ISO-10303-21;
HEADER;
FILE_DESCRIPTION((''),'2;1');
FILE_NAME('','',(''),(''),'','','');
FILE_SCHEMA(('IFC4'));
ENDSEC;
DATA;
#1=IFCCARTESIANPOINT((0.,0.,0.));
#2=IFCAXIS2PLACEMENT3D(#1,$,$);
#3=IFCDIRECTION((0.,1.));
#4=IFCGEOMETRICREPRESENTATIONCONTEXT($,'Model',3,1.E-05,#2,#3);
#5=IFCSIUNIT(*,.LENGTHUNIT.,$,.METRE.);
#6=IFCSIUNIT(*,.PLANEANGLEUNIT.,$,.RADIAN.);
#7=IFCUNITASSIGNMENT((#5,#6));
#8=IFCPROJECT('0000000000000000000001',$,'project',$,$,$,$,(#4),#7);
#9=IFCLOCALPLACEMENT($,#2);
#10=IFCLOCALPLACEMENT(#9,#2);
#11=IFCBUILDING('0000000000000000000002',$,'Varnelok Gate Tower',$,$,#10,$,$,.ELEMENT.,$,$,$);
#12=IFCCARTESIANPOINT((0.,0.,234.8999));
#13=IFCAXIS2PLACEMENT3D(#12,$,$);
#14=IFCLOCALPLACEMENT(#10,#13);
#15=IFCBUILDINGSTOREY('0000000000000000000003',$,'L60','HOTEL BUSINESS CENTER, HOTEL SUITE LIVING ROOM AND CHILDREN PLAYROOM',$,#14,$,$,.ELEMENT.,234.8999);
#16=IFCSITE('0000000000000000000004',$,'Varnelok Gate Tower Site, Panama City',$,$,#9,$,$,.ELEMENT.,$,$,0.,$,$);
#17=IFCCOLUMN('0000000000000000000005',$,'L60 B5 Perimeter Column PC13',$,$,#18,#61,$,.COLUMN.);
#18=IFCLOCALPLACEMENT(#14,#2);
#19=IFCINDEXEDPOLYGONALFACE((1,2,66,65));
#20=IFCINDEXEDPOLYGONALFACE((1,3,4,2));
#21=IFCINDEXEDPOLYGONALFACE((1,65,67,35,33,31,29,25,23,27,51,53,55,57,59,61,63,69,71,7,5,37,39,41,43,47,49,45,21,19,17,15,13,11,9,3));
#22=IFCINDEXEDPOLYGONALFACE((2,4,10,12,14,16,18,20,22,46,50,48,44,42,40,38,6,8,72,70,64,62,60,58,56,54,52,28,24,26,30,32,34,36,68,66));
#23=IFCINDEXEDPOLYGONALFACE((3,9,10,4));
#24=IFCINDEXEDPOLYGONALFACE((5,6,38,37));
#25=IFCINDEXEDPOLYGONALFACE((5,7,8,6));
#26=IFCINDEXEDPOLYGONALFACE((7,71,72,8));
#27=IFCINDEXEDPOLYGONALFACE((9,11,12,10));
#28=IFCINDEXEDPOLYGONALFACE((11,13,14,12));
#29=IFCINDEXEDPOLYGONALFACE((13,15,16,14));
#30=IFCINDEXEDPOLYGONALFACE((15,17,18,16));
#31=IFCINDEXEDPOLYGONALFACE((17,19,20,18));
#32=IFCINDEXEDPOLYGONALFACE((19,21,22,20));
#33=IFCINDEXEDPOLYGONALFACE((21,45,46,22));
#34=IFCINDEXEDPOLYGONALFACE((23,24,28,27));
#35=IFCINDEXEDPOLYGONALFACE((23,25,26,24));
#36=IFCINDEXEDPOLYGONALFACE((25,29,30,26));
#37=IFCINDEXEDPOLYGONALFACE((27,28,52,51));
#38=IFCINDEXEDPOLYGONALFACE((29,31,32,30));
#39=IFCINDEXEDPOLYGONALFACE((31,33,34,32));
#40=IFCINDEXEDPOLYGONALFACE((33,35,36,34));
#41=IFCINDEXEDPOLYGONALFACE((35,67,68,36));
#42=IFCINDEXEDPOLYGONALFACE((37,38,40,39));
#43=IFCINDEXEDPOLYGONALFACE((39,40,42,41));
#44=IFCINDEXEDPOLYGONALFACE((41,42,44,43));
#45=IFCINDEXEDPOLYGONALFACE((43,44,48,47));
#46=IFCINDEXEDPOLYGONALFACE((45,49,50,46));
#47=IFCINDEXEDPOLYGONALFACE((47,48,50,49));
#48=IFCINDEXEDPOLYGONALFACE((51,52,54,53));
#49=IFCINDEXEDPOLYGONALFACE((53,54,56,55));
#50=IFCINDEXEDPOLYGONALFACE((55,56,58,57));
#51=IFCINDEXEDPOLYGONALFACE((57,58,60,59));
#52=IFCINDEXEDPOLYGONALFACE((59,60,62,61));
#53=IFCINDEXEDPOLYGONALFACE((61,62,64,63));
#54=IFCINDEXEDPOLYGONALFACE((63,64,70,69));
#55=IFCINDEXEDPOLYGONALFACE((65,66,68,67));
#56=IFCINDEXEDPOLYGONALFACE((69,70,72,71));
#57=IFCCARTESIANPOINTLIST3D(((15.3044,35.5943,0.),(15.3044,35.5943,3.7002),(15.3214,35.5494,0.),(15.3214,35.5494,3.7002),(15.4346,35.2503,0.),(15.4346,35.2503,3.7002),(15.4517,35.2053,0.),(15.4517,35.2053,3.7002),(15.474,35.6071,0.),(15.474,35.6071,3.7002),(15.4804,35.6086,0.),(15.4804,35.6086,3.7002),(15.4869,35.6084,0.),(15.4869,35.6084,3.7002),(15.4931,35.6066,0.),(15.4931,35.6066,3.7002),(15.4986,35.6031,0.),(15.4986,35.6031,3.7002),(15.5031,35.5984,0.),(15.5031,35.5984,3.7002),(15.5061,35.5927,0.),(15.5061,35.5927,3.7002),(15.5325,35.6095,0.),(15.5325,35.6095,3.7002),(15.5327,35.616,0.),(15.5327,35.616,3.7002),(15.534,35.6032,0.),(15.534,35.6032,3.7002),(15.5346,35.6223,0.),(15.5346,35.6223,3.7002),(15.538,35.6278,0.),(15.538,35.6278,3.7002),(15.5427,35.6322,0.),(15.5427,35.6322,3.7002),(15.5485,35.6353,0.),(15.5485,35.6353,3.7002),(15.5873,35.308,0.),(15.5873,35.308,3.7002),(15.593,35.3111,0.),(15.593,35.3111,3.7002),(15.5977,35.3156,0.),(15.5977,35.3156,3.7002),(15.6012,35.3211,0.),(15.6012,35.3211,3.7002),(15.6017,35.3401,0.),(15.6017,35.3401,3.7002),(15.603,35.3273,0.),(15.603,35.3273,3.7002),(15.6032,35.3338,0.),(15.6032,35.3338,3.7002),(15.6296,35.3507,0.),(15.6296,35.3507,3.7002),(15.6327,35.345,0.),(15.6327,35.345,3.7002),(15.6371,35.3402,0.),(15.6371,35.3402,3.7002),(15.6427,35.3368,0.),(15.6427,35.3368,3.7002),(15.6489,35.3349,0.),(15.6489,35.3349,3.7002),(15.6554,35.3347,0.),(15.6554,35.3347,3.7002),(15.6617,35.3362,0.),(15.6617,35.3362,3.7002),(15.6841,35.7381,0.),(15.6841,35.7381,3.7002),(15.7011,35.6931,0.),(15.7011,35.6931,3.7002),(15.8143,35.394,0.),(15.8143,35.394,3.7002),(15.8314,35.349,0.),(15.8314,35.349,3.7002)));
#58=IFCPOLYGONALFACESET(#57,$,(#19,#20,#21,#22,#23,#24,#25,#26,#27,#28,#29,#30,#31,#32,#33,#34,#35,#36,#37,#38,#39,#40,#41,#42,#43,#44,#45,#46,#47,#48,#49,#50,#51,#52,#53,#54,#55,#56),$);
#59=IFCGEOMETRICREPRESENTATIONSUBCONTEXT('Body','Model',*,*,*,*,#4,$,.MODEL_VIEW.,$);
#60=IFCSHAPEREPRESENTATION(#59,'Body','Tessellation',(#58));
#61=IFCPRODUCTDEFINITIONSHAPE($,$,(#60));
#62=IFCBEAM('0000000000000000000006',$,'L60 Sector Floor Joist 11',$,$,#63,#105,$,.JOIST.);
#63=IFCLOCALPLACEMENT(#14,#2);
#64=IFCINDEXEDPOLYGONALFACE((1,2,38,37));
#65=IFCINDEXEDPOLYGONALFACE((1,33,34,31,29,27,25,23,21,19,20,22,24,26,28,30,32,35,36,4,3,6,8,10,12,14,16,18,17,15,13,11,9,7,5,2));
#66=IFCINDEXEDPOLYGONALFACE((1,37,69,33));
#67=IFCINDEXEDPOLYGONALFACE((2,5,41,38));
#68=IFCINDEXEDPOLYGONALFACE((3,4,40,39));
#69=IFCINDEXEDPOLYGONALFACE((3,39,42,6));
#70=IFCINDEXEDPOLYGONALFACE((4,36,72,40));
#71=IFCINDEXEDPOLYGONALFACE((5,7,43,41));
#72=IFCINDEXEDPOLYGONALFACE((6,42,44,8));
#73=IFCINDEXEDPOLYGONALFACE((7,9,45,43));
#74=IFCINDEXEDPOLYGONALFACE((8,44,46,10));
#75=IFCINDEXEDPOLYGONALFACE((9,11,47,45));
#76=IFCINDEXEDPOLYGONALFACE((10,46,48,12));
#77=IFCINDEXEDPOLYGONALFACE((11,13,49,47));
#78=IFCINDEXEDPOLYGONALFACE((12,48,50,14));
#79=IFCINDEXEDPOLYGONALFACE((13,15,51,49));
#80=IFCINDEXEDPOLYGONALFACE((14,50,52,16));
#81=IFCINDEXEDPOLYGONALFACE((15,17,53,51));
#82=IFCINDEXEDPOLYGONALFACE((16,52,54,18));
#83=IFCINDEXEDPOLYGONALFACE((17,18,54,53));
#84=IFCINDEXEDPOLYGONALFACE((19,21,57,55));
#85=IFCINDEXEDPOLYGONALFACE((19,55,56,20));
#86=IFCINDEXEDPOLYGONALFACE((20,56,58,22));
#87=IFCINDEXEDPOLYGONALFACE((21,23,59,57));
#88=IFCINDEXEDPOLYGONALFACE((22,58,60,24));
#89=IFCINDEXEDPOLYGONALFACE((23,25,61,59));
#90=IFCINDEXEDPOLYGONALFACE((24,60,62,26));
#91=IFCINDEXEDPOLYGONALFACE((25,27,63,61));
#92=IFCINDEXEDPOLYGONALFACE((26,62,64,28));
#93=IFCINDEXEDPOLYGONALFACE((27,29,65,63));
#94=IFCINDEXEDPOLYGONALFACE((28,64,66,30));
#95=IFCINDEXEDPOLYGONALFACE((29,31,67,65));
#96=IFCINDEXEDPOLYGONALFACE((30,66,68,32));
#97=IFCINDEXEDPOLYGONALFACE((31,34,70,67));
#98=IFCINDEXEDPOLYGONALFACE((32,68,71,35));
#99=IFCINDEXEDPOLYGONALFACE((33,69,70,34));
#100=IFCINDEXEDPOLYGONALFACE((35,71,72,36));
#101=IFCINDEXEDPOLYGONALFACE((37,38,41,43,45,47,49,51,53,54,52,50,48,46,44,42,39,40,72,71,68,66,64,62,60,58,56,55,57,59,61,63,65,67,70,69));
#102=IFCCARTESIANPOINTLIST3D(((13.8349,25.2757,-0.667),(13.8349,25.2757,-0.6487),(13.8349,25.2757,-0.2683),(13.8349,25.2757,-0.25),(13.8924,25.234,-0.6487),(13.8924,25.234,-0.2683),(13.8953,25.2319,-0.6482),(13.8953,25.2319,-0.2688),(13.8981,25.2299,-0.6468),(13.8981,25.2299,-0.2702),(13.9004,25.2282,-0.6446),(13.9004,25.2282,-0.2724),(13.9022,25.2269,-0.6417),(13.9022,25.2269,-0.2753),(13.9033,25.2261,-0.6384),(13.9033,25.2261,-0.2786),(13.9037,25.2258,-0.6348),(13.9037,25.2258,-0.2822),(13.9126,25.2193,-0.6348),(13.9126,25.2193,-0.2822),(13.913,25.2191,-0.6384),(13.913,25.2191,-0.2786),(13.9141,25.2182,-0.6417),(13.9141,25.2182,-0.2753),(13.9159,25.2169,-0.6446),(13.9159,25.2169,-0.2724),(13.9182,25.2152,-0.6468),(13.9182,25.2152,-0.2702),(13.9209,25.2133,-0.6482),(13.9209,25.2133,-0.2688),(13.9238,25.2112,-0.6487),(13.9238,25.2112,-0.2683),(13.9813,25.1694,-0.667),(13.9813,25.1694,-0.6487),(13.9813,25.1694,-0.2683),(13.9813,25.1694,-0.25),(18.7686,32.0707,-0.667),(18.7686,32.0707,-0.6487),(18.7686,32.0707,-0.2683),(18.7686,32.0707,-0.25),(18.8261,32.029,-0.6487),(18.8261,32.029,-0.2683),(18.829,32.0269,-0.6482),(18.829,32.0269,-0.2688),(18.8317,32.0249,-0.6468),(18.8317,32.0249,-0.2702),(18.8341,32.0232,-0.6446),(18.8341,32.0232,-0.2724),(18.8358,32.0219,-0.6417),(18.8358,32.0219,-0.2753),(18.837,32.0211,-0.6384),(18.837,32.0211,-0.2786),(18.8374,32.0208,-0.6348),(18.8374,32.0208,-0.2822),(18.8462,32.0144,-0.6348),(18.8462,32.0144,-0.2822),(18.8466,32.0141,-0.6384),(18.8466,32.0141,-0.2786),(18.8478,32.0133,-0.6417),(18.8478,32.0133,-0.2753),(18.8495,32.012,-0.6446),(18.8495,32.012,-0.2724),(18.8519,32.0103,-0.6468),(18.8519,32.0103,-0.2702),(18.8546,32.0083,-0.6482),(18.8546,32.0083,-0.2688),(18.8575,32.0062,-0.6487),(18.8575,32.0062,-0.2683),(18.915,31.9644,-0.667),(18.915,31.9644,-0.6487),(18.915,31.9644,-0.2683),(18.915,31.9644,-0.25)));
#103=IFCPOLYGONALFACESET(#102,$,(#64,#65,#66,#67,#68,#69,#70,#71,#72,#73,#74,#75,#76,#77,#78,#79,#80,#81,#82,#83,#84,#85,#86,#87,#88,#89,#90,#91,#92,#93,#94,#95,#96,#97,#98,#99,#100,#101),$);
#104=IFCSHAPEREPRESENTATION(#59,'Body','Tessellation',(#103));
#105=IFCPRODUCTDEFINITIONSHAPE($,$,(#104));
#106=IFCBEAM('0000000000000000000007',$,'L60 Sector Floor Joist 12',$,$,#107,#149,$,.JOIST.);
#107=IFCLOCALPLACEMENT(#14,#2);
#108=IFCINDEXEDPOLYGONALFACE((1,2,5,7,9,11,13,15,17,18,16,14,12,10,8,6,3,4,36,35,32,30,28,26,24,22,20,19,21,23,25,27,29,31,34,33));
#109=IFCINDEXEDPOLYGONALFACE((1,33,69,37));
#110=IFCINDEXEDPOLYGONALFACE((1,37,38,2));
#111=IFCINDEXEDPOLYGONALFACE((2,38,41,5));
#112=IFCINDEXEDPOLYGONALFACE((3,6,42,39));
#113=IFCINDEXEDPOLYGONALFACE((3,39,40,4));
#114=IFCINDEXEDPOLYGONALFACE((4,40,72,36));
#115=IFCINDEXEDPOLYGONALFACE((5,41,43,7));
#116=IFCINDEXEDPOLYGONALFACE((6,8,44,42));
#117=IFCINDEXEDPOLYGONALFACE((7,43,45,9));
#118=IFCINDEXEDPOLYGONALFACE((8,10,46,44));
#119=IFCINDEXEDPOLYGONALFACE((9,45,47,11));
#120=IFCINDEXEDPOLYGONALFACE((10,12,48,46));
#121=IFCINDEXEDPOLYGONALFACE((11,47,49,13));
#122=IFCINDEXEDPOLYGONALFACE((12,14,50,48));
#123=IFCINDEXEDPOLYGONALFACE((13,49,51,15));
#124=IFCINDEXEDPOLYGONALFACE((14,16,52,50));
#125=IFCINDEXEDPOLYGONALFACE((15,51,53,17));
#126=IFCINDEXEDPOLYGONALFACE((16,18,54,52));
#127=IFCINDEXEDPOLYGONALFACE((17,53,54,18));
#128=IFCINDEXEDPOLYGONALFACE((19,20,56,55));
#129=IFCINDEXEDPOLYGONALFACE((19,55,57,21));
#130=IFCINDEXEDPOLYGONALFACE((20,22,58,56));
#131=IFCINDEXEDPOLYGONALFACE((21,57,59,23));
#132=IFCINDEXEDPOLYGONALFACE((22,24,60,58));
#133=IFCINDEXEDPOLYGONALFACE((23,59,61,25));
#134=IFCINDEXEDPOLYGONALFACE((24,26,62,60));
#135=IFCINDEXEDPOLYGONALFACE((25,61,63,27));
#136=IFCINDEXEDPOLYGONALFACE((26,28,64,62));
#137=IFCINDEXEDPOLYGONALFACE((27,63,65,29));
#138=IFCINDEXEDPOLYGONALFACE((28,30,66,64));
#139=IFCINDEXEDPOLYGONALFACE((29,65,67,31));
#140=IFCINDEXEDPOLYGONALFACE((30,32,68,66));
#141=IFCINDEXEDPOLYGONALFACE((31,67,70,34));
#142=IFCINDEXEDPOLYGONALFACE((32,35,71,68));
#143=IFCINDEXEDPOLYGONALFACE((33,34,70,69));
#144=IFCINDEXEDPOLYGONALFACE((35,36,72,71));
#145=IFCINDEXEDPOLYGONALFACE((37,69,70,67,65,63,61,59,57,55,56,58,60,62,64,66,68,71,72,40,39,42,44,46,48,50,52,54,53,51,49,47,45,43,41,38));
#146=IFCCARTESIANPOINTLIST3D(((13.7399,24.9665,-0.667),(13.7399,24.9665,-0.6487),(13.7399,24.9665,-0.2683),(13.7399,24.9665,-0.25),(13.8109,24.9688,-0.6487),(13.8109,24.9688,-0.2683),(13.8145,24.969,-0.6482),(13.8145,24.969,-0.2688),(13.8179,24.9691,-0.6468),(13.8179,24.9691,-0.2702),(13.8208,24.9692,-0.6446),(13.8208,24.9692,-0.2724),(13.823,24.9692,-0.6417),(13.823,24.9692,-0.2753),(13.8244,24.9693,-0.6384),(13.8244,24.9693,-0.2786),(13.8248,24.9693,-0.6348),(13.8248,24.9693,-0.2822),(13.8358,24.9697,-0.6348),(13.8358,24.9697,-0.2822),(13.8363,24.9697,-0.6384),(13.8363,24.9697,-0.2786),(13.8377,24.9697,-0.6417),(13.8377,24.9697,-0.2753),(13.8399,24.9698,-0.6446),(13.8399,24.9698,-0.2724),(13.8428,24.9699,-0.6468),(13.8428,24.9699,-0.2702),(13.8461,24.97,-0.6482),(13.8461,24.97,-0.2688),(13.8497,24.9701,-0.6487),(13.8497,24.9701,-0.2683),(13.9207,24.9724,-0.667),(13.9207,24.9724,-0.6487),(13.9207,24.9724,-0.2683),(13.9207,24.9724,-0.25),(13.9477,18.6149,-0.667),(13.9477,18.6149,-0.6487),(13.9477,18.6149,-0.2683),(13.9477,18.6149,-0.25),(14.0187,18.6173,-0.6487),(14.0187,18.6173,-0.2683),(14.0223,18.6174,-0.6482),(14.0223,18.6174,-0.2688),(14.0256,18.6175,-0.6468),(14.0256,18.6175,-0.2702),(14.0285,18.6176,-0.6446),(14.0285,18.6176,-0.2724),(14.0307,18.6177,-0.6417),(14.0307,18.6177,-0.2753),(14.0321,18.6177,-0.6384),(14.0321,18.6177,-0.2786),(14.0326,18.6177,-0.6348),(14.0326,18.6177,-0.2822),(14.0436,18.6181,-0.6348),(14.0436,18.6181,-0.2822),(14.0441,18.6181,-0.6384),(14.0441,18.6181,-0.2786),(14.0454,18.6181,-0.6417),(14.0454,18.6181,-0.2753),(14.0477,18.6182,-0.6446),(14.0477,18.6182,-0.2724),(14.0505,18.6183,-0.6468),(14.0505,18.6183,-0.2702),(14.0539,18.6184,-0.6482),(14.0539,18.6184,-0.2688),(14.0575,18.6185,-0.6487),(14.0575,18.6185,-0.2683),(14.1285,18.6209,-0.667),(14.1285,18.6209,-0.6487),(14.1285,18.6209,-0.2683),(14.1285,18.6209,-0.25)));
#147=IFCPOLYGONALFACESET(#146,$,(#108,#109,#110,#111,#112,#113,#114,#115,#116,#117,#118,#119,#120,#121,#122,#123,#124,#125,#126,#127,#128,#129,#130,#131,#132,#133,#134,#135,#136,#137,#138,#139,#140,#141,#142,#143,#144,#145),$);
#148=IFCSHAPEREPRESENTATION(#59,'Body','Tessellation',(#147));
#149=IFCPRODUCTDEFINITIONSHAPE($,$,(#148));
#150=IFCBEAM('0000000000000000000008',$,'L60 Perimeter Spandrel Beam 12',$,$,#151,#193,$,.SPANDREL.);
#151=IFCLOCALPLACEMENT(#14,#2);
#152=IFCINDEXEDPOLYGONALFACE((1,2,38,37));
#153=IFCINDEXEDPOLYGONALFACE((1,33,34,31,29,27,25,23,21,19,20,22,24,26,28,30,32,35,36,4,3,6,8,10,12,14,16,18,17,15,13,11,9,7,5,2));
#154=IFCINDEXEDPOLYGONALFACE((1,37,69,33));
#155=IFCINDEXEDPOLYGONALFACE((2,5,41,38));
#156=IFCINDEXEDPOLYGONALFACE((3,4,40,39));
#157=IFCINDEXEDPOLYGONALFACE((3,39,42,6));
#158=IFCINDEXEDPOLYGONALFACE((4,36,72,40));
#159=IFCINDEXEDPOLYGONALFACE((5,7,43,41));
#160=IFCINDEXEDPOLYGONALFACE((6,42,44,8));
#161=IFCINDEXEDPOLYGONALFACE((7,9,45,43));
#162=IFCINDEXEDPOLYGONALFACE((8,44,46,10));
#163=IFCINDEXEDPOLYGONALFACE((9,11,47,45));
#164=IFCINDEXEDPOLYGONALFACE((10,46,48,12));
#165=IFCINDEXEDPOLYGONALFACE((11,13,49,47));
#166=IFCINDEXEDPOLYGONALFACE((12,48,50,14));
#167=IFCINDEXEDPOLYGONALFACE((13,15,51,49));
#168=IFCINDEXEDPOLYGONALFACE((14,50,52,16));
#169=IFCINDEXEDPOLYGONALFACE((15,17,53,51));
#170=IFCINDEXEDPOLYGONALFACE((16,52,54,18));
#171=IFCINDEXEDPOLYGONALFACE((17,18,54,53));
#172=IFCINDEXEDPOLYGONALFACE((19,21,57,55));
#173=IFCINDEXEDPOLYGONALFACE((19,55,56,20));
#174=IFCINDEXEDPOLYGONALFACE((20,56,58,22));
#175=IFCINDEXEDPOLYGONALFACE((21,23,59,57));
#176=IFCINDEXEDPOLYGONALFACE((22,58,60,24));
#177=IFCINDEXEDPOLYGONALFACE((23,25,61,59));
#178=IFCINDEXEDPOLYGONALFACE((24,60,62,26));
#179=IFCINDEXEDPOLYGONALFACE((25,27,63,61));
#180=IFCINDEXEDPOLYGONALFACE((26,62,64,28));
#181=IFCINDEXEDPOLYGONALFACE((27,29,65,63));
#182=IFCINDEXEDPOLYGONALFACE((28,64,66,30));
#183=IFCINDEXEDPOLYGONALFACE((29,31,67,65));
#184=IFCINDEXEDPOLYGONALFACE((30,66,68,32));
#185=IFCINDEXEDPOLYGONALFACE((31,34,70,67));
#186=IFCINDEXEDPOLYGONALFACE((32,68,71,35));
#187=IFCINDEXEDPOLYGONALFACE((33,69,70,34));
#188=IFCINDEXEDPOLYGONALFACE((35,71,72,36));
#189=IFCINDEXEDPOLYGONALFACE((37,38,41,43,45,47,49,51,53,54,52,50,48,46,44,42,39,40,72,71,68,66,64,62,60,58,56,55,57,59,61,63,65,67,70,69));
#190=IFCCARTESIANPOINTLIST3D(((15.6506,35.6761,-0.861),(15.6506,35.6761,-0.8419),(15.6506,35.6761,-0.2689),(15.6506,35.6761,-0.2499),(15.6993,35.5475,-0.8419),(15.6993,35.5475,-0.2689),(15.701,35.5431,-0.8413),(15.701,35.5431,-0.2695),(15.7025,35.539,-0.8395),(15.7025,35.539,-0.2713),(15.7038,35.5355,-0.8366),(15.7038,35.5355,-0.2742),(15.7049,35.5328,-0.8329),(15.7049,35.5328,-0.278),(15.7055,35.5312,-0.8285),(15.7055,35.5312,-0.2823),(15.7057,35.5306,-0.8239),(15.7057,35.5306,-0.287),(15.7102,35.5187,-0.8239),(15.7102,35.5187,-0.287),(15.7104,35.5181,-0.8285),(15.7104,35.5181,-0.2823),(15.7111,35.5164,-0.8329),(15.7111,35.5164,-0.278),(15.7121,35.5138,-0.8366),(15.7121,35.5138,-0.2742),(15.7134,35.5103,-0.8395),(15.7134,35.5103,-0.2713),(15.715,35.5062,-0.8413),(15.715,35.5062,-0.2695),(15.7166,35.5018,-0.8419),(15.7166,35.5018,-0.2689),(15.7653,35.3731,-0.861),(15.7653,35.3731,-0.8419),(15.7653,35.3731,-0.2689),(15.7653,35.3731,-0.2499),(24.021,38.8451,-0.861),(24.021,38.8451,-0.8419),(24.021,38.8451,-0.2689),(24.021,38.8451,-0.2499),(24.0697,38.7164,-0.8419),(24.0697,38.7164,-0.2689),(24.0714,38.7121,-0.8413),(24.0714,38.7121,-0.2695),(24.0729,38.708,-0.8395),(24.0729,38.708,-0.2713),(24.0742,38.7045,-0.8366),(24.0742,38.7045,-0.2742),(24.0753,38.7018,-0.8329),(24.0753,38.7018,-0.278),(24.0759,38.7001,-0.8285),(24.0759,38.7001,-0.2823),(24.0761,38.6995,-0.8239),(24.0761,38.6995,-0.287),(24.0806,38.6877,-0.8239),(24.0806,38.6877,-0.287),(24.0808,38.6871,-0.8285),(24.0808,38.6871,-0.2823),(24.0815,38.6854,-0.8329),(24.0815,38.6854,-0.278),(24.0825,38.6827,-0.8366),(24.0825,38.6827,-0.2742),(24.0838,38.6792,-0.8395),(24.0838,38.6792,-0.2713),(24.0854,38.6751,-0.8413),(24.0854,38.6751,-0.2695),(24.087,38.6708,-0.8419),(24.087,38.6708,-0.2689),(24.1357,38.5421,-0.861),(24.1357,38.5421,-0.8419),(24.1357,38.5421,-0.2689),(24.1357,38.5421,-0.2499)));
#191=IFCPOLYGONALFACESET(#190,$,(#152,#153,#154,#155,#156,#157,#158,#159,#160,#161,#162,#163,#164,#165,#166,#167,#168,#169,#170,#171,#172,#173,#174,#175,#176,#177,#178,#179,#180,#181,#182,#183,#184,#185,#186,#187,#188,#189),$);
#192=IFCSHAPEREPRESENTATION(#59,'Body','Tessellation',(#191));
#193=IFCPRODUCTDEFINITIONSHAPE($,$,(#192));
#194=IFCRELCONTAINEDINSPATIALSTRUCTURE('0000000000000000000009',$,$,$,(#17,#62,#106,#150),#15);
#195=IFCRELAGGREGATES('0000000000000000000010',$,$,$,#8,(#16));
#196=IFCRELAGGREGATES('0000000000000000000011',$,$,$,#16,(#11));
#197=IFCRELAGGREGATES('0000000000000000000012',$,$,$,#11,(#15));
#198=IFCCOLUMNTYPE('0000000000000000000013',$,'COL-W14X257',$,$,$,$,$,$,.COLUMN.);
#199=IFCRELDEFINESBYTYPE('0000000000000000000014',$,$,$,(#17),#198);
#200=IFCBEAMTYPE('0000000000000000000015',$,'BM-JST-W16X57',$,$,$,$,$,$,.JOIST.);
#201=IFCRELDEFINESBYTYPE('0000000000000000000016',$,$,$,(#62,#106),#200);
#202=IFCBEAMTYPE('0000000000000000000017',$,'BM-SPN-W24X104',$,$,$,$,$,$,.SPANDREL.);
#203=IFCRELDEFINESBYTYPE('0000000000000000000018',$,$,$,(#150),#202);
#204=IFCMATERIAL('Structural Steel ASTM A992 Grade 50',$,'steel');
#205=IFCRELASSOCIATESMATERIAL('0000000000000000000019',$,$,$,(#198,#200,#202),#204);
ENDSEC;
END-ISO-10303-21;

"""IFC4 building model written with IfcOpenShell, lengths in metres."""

from ifc_helpers import new_model, si_unit, direction, frame, origin, origin_2d, place, context, subcontext, project, spatial, i_section, extrude, material, material_profile, profile_set, type_object, element, save


model = new_model("IFC4")

# Units and contexts
model_context = context("Model", 3, precision=1e-05, world=origin(), true_north=direction((0.0, 1.0)))
body_context = subcontext(model_context, "Body", "Model", "MODEL_VIEW")
ifc_project = project(units=[si_unit("LENGTHUNIT", "METRE"), si_unit("PLANEANGLEUNIT", "RADIAN")], contexts=[model_context])

# Site, building, storey
site_placement = place(None, origin())
site = spatial("IfcSite", under=ifc_project, at=site_placement, Name="Varnelok Gate Tower Site, Panama City", CompositionType="ELEMENT", RefElevation=0.0)
building_placement = place(site_placement, origin())
building = spatial("IfcBuilding", under=site, at=building_placement, Name="Varnelok Gate Tower", CompositionType="ELEMENT")
storey_placement = place(building_placement, frame((0.0, 0.0, 234.8999)))
storey = spatial("IfcBuildingStorey", under=building, at=storey_placement, Name="L60", Description="HOTEL BUSINESS CENTER, HOTEL SUITE LIVING ROOM AND CHILDREN PLAYROOM", CompositionType="ELEMENT", Elevation=234.8999)

# Column
ifc_material_1 = material(Name="Structural Steel ASTM A992 Grade 50", Category="steel")
ifc_material_profile_1 = material_profile(ifc_material_1, i_section(OverallWidth=0.406, OverallDepth=0.416, WebThickness=0.0298, FlangeThickness=0.0481, FilletRadius=0.0249, at=origin_2d()), Name="W14X257")
ifc_profile_set_1 = profile_set([ifc_material_profile_1], Name="Structural Steel ASTM A992 Grade 50")
column_type = type_object("IfcColumnType", Name="COL-W14X257", PredefinedType="COLUMN", material=ifc_profile_set_1)
column_placement = place(storey_placement, frame((15.5679, 35.4717, 0.0), z_axis=(0.0, 0.0, 1.0), x_axis=(0.935222, 0.354063, 0.0)))
element("IfcColumn", 1, at=column_placement, inside=storey, type_object=column_type, Name="L60 B5 Perimeter Column PC13", PredefinedType="COLUMN", context=body_context, shape_type="SweptSolid", body=[
    extrude(i_section(OverallWidth=0.406, OverallDepth=0.416, WebThickness=0.0298, FlangeThickness=0.0481, FilletRadius=0.0249, at=origin_2d()), origin(), (0.0, 0.0, 1.0), 3.7002),
])

# Beams
ifc_material_profile_2 = material_profile(ifc_material_1, i_section(OverallWidth=0.1809, OverallDepth=0.417, WebThickness=0.011, FlangeThickness=0.0183, FilletRadius=0.0139, at=origin_2d()), Name="W16X57")
ifc_profile_set_2 = profile_set([ifc_material_profile_2], Name="Structural Steel ASTM A992 Grade 50")
beam_type_1 = type_object("IfcBeamType", Name="BM-JST-W16X57", PredefinedType="JOIST", material=ifc_profile_set_2)
beam_1_placement = place(storey_placement, frame((18.8418, 32.0176, -0.4585), z_axis=(-0.587535, -0.809199, 0.0), x_axis=(0.809199, -0.587535, 0.0)))
element("IfcBeam", 2, at=beam_1_placement, inside=storey, type_object=beam_type_1, Name="L60 Sector Floor Joist 11", PredefinedType="JOIST", context=body_context, shape_type="SweptSolid", body=[
    extrude(i_section(OverallWidth=0.1809, OverallDepth=0.417, WebThickness=0.011, FlangeThickness=0.0183, FilletRadius=0.0139, at=origin_2d()), origin(), (0.0, 0.0, 1.0), 8.3972),
])
beam_2_placement = place(storey_placement, frame((13.8303, 24.9695, -0.4585), z_axis=(0.032693, -0.999465, 0.0), x_axis=(0.999465, 0.032693, 0.0)))
element("IfcBeam", 3, at=beam_2_placement, inside=storey, type_object=beam_type_1, Name="L60 Sector Floor Joist 12", PredefinedType="JOIST", context=body_context, shape_type="SweptSolid", body=[
    extrude(i_section(OverallWidth=0.1809, OverallDepth=0.417, WebThickness=0.011, FlangeThickness=0.0183, FilletRadius=0.0139, at=origin_2d()), origin(), (0.0, 0.0, 1.0), 6.355),
])
ifc_material_profile_3 = material_profile(ifc_material_1, i_section(OverallWidth=0.324, OverallDepth=0.6111, WebThickness=0.0127, FlangeThickness=0.019, FilletRadius=0.0181, at=origin_2d()), Name="W24X104")
ifc_profile_set_3 = profile_set([ifc_material_profile_3], Name="Structural Steel ASTM A992 Grade 50")
beam_type_2 = type_object("IfcBeamType", Name="BM-SPN-W24X104", PredefinedType="SPANDREL", material=ifc_profile_set_3)
beam_3_placement = place(storey_placement, frame((24.0784, 38.6936, -0.5554), z_axis=(-0.93522, -0.354066, 0.0), x_axis=(0.354066, -0.93522, 0.0)))
element("IfcBeam", 4, at=beam_3_placement, inside=storey, type_object=beam_type_2, Name="L60 Perimeter Spandrel Beam 12", PredefinedType="SPANDREL", context=body_context, shape_type="SweptSolid", body=[
    extrude(i_section(OverallWidth=0.324, OverallDepth=0.6111, WebThickness=0.0127, FlangeThickness=0.019, FilletRadius=0.0181, at=origin_2d()), origin(), (0.0, 0.0, 1.0), 8.9502),
])

save(model, "model.ifc")
